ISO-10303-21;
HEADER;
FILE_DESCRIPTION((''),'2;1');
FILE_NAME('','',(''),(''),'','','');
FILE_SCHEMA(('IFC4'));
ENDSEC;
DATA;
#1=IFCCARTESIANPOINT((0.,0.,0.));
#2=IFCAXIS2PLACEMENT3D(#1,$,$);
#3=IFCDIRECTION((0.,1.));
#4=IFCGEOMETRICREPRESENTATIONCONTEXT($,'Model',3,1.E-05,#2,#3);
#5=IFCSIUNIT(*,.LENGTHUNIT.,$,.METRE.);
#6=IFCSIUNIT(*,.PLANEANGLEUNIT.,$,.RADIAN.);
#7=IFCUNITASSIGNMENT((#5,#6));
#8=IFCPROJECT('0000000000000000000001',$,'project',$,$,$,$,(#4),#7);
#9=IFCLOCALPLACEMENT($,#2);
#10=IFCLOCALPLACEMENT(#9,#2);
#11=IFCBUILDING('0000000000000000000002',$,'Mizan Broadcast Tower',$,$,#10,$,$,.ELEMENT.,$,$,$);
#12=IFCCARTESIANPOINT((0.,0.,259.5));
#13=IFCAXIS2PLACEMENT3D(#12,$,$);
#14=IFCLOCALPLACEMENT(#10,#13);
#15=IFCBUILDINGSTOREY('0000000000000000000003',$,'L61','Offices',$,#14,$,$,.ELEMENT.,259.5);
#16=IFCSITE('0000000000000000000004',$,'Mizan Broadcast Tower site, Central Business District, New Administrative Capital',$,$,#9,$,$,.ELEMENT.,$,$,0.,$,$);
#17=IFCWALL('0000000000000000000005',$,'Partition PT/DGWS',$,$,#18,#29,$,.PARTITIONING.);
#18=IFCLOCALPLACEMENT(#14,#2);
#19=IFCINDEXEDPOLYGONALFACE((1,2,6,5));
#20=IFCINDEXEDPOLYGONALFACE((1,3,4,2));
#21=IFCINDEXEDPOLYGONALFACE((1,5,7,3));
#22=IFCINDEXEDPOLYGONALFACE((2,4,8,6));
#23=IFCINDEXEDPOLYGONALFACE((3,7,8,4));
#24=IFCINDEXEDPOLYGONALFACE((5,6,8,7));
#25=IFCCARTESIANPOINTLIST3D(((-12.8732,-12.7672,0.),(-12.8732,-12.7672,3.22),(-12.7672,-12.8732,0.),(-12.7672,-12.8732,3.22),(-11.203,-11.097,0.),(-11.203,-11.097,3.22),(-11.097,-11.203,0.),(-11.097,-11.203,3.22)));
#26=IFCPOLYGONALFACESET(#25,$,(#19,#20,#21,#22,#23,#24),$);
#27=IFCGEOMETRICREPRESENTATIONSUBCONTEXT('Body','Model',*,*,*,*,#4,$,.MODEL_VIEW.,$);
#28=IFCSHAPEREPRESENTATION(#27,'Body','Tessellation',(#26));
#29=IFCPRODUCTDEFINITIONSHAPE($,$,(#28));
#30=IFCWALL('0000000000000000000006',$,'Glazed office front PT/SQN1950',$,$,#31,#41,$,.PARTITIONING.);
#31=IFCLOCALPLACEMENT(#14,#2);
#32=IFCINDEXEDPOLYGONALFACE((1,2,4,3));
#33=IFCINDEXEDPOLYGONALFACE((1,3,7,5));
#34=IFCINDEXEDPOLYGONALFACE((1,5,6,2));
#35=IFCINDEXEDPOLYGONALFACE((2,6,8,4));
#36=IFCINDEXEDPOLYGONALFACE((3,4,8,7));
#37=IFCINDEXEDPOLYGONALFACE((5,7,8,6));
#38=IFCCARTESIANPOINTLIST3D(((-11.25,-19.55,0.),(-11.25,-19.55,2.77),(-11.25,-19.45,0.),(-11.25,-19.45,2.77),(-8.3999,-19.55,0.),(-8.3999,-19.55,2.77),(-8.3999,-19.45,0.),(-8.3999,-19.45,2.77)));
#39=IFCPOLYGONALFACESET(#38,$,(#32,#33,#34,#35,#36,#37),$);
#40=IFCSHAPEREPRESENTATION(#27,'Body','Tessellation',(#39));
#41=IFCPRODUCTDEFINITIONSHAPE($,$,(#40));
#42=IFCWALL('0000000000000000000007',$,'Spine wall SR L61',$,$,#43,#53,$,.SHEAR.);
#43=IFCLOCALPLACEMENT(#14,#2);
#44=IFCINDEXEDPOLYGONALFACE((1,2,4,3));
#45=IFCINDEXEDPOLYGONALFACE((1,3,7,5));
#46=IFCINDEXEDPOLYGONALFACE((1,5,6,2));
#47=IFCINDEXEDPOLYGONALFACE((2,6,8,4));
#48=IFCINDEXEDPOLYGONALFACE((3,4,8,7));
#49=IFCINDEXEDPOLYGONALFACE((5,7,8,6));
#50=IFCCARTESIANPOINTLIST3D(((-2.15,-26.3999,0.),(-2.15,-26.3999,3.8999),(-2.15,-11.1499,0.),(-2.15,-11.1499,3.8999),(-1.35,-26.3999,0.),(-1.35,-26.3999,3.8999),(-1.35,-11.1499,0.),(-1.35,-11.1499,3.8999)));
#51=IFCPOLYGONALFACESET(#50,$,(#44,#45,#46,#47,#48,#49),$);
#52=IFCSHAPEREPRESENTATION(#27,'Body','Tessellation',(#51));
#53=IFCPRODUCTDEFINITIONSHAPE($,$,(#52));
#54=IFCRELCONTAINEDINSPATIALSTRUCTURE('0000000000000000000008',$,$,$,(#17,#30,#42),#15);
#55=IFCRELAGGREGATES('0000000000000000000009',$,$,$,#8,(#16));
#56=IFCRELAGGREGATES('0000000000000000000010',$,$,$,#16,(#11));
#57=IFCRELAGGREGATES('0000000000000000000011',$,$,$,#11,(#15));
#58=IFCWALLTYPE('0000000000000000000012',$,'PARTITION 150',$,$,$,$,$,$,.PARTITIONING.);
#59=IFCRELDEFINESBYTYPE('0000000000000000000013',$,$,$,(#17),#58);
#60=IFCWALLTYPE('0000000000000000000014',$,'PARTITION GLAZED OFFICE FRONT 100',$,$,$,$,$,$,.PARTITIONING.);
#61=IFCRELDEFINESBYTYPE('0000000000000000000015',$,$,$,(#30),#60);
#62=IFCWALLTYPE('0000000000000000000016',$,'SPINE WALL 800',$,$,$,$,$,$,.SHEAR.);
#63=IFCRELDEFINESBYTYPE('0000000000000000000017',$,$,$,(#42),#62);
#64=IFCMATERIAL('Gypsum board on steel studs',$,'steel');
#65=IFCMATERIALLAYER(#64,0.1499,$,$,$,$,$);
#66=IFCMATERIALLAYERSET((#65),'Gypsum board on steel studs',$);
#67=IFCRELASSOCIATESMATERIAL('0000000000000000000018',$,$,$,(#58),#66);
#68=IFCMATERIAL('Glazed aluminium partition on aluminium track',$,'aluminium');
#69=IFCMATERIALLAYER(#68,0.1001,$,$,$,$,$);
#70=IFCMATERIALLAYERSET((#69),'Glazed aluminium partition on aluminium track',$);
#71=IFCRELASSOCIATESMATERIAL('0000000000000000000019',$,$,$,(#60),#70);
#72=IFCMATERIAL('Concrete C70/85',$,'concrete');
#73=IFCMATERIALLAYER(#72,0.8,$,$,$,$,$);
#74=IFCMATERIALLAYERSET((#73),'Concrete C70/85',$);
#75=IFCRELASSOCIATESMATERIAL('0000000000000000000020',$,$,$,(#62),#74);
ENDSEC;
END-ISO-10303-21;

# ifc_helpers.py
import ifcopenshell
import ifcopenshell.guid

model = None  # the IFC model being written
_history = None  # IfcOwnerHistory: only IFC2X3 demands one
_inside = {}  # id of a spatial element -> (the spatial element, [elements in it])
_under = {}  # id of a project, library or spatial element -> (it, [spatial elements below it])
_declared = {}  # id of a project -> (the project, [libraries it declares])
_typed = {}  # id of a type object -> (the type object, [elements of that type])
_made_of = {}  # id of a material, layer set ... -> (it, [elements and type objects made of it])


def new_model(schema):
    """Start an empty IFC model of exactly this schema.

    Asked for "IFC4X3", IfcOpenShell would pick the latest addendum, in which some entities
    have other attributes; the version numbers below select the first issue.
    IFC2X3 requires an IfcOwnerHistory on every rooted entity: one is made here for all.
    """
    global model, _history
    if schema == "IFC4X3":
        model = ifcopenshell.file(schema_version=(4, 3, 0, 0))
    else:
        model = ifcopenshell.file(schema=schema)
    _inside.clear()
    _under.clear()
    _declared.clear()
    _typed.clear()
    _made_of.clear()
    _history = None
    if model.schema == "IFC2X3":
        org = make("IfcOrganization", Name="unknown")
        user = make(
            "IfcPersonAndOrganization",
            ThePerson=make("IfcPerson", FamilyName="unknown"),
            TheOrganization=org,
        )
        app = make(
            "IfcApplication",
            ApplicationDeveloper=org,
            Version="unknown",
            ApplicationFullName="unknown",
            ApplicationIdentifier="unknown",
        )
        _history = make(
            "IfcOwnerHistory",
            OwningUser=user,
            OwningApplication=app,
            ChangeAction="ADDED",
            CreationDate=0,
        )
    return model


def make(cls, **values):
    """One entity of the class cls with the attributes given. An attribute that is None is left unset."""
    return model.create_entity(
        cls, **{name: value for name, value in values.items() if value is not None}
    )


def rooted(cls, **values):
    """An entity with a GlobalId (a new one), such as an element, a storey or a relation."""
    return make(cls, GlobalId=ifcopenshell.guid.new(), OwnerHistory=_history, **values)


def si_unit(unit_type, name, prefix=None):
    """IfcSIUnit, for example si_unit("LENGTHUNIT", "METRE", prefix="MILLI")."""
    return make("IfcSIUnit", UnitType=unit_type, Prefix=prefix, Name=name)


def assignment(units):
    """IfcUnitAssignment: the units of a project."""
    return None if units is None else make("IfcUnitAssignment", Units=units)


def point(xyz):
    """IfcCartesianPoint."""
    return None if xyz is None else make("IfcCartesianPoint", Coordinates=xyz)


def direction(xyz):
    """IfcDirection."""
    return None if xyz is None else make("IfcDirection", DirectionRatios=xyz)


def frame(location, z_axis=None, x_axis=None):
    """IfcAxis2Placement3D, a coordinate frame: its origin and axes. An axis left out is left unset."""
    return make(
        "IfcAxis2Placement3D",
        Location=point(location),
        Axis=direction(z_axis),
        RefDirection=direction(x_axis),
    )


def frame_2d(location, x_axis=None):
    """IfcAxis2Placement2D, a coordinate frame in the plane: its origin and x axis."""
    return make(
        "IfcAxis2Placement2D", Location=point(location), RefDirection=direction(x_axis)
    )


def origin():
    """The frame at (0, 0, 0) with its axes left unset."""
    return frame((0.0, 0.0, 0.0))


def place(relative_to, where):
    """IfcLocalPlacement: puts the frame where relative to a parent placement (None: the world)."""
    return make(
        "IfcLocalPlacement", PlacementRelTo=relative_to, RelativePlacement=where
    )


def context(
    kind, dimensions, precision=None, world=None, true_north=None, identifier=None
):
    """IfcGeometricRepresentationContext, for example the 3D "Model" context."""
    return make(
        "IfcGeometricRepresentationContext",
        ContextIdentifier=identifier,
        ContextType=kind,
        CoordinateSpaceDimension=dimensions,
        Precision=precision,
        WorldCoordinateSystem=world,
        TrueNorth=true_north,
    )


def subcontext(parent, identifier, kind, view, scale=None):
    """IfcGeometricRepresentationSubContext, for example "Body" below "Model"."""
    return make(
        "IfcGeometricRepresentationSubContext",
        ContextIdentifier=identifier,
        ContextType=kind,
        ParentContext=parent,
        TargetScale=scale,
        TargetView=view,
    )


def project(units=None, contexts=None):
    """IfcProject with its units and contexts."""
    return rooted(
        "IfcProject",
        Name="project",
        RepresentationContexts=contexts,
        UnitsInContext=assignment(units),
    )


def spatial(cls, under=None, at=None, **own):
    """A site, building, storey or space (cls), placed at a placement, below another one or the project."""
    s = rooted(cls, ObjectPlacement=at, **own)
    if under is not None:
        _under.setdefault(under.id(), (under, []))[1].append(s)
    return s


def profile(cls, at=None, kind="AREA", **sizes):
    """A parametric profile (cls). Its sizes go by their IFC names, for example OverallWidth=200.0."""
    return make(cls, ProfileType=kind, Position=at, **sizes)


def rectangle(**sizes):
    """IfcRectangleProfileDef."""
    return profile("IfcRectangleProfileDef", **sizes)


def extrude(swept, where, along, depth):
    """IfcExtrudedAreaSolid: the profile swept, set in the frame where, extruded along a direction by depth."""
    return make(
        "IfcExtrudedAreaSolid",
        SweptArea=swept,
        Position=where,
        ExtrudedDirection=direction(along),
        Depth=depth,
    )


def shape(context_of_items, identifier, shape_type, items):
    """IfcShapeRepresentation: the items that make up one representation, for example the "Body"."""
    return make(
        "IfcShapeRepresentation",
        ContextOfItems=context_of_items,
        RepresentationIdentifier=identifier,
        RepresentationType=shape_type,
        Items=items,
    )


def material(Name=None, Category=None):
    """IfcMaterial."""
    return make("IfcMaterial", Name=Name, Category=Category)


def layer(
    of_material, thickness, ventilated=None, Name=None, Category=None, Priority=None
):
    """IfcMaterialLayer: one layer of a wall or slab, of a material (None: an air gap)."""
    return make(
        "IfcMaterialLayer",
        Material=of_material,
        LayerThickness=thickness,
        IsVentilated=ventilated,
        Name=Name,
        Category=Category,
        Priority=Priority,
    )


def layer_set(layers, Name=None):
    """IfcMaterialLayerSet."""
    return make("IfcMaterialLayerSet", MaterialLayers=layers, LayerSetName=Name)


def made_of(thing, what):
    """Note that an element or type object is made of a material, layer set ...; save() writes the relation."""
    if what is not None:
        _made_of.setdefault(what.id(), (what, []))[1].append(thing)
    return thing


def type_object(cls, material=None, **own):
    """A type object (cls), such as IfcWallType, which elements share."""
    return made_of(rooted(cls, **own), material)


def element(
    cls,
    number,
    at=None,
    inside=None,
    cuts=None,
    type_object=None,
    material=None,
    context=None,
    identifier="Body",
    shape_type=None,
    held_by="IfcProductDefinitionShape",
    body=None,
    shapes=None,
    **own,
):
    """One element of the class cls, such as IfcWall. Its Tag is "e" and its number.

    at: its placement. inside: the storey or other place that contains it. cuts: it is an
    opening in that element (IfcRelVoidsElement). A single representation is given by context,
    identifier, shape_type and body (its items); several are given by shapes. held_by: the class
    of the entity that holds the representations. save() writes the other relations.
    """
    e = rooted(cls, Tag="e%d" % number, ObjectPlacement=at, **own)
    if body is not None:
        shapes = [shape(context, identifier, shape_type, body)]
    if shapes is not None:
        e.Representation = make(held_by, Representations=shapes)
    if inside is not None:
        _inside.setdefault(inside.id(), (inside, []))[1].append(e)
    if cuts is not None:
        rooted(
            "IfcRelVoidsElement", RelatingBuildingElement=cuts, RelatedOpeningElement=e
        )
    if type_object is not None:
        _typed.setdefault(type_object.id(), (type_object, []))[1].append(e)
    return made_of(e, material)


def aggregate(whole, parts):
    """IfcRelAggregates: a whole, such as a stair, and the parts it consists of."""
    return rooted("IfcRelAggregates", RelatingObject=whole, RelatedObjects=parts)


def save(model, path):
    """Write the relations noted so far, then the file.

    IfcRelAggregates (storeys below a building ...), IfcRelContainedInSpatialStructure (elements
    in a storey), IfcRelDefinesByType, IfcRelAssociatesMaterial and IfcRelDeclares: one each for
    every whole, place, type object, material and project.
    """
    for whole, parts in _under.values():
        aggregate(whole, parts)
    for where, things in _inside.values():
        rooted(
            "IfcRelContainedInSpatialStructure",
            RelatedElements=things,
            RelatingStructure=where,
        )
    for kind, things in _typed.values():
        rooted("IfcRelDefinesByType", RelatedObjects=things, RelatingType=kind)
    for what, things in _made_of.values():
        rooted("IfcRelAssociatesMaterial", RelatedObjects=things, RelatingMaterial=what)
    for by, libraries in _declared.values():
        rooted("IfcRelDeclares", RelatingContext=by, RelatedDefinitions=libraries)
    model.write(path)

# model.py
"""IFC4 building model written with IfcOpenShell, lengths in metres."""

from ifc_helpers import new_model, si_unit, direction, frame, frame_2d, origin, place, context, subcontext, project, spatial, rectangle, extrude, material, layer, layer_set, type_object, element, save


model = new_model("IFC4")

# Units and contexts
model_context = context("Model", 3, precision=1e-05, world=origin(), true_north=direction((0.0, 1.0)))
body_context = subcontext(model_context, "Body", "Model", "MODEL_VIEW")
ifc_project = project(units=[si_unit("LENGTHUNIT", "METRE"), si_unit("PLANEANGLEUNIT", "RADIAN")], contexts=[model_context])

# Site, building, storey
site_placement = place(None, origin())
site = spatial("IfcSite", under=ifc_project, at=site_placement, Name="Mizan Broadcast Tower site, Central Business District, New Administrative Capital", CompositionType="ELEMENT", RefElevation=0.0)
building_placement = place(site_placement, origin())
building = spatial("IfcBuilding", under=site, at=building_placement, Name="Mizan Broadcast Tower", CompositionType="ELEMENT")
storey_placement = place(building_placement, frame((0.0, 0.0, 259.5)))
storey = spatial("IfcBuildingStorey", under=building, at=storey_placement, Name="L61", Description="Offices", CompositionType="ELEMENT", Elevation=259.5)

# Walls
ifc_material_1 = material(Name="Gypsum board on steel studs", Category="steel")
ifc_layer_1 = layer(ifc_material_1, 0.1499)
ifc_layer_set_1 = layer_set([ifc_layer_1], Name="Gypsum board on steel studs")
wall_type_1 = type_object("IfcWallType", Name="PARTITION 150", PredefinedType="PARTITIONING", material=ifc_layer_set_1)
wall_1_placement = place(storey_placement, frame((-11.1499, -11.1499, 0.0), z_axis=(0.0, 0.0, 1.0), x_axis=(-0.707107, -0.707107, 0.0)))
element("IfcWall", 1, at=wall_1_placement, inside=storey, type_object=wall_type_1, Name="Partition PT/DGWS", PredefinedType="PARTITIONING", context=body_context, shape_type="SweptSolid", body=[
    extrude(rectangle(XDim=2.3621, YDim=0.1499, at=frame_2d((1.1812, 0.0))), origin(), (0.0, 0.0, 1.0), 3.22),
])
ifc_material_2 = material(Name="Glazed aluminium partition on aluminium track", Category="aluminium")
ifc_layer_2 = layer(ifc_material_2, 0.1001)
ifc_layer_set_2 = layer_set([ifc_layer_2], Name="Glazed aluminium partition on aluminium track")
wall_type_2 = type_object("IfcWallType", Name="PARTITION GLAZED OFFICE FRONT 100", PredefinedType="PARTITIONING", material=ifc_layer_set_2)
wall_2_placement = place(storey_placement, frame((-8.3999, -19.5, 0.0), z_axis=(0.0, 0.0, 1.0), x_axis=(-1.0, 0.0, 0.0)))
element("IfcWall", 2, at=wall_2_placement, inside=storey, type_object=wall_type_2, Name="Glazed office front PT/SQN1950", PredefinedType="PARTITIONING", context=body_context, shape_type="SweptSolid", body=[
    extrude(rectangle(XDim=2.8501, YDim=0.1001, at=frame_2d((1.425, 0.0))), origin(), (0.0, 0.0, 1.0), 2.77),
])
ifc_material_3 = material(Name="Concrete C70/85", Category="concrete")
ifc_layer_3 = layer(ifc_material_3, 0.8)
ifc_layer_set_3 = layer_set([ifc_layer_3], Name="Concrete C70/85")
wall_type_3 = type_object("IfcWallType", Name="SPINE WALL 800", PredefinedType="SHEAR", material=ifc_layer_set_3)
wall_3_placement = place(storey_placement, frame((-1.75, -11.1499, 0.0), z_axis=(0.0, 0.0, 1.0), x_axis=(0.0, -1.0, 0.0)))
element("IfcWall", 3, at=wall_3_placement, inside=storey, type_object=wall_type_3, Name="Spine wall SR L61", PredefinedType="SHEAR", context=body_context, shape_type="SweptSolid", body=[
    extrude(rectangle(XDim=15.25, YDim=0.8, at=frame_2d((7.625, 0.0))), origin(), (0.0, 0.0, 1.0), 3.8999),
])

save(model, "model.ifc")
